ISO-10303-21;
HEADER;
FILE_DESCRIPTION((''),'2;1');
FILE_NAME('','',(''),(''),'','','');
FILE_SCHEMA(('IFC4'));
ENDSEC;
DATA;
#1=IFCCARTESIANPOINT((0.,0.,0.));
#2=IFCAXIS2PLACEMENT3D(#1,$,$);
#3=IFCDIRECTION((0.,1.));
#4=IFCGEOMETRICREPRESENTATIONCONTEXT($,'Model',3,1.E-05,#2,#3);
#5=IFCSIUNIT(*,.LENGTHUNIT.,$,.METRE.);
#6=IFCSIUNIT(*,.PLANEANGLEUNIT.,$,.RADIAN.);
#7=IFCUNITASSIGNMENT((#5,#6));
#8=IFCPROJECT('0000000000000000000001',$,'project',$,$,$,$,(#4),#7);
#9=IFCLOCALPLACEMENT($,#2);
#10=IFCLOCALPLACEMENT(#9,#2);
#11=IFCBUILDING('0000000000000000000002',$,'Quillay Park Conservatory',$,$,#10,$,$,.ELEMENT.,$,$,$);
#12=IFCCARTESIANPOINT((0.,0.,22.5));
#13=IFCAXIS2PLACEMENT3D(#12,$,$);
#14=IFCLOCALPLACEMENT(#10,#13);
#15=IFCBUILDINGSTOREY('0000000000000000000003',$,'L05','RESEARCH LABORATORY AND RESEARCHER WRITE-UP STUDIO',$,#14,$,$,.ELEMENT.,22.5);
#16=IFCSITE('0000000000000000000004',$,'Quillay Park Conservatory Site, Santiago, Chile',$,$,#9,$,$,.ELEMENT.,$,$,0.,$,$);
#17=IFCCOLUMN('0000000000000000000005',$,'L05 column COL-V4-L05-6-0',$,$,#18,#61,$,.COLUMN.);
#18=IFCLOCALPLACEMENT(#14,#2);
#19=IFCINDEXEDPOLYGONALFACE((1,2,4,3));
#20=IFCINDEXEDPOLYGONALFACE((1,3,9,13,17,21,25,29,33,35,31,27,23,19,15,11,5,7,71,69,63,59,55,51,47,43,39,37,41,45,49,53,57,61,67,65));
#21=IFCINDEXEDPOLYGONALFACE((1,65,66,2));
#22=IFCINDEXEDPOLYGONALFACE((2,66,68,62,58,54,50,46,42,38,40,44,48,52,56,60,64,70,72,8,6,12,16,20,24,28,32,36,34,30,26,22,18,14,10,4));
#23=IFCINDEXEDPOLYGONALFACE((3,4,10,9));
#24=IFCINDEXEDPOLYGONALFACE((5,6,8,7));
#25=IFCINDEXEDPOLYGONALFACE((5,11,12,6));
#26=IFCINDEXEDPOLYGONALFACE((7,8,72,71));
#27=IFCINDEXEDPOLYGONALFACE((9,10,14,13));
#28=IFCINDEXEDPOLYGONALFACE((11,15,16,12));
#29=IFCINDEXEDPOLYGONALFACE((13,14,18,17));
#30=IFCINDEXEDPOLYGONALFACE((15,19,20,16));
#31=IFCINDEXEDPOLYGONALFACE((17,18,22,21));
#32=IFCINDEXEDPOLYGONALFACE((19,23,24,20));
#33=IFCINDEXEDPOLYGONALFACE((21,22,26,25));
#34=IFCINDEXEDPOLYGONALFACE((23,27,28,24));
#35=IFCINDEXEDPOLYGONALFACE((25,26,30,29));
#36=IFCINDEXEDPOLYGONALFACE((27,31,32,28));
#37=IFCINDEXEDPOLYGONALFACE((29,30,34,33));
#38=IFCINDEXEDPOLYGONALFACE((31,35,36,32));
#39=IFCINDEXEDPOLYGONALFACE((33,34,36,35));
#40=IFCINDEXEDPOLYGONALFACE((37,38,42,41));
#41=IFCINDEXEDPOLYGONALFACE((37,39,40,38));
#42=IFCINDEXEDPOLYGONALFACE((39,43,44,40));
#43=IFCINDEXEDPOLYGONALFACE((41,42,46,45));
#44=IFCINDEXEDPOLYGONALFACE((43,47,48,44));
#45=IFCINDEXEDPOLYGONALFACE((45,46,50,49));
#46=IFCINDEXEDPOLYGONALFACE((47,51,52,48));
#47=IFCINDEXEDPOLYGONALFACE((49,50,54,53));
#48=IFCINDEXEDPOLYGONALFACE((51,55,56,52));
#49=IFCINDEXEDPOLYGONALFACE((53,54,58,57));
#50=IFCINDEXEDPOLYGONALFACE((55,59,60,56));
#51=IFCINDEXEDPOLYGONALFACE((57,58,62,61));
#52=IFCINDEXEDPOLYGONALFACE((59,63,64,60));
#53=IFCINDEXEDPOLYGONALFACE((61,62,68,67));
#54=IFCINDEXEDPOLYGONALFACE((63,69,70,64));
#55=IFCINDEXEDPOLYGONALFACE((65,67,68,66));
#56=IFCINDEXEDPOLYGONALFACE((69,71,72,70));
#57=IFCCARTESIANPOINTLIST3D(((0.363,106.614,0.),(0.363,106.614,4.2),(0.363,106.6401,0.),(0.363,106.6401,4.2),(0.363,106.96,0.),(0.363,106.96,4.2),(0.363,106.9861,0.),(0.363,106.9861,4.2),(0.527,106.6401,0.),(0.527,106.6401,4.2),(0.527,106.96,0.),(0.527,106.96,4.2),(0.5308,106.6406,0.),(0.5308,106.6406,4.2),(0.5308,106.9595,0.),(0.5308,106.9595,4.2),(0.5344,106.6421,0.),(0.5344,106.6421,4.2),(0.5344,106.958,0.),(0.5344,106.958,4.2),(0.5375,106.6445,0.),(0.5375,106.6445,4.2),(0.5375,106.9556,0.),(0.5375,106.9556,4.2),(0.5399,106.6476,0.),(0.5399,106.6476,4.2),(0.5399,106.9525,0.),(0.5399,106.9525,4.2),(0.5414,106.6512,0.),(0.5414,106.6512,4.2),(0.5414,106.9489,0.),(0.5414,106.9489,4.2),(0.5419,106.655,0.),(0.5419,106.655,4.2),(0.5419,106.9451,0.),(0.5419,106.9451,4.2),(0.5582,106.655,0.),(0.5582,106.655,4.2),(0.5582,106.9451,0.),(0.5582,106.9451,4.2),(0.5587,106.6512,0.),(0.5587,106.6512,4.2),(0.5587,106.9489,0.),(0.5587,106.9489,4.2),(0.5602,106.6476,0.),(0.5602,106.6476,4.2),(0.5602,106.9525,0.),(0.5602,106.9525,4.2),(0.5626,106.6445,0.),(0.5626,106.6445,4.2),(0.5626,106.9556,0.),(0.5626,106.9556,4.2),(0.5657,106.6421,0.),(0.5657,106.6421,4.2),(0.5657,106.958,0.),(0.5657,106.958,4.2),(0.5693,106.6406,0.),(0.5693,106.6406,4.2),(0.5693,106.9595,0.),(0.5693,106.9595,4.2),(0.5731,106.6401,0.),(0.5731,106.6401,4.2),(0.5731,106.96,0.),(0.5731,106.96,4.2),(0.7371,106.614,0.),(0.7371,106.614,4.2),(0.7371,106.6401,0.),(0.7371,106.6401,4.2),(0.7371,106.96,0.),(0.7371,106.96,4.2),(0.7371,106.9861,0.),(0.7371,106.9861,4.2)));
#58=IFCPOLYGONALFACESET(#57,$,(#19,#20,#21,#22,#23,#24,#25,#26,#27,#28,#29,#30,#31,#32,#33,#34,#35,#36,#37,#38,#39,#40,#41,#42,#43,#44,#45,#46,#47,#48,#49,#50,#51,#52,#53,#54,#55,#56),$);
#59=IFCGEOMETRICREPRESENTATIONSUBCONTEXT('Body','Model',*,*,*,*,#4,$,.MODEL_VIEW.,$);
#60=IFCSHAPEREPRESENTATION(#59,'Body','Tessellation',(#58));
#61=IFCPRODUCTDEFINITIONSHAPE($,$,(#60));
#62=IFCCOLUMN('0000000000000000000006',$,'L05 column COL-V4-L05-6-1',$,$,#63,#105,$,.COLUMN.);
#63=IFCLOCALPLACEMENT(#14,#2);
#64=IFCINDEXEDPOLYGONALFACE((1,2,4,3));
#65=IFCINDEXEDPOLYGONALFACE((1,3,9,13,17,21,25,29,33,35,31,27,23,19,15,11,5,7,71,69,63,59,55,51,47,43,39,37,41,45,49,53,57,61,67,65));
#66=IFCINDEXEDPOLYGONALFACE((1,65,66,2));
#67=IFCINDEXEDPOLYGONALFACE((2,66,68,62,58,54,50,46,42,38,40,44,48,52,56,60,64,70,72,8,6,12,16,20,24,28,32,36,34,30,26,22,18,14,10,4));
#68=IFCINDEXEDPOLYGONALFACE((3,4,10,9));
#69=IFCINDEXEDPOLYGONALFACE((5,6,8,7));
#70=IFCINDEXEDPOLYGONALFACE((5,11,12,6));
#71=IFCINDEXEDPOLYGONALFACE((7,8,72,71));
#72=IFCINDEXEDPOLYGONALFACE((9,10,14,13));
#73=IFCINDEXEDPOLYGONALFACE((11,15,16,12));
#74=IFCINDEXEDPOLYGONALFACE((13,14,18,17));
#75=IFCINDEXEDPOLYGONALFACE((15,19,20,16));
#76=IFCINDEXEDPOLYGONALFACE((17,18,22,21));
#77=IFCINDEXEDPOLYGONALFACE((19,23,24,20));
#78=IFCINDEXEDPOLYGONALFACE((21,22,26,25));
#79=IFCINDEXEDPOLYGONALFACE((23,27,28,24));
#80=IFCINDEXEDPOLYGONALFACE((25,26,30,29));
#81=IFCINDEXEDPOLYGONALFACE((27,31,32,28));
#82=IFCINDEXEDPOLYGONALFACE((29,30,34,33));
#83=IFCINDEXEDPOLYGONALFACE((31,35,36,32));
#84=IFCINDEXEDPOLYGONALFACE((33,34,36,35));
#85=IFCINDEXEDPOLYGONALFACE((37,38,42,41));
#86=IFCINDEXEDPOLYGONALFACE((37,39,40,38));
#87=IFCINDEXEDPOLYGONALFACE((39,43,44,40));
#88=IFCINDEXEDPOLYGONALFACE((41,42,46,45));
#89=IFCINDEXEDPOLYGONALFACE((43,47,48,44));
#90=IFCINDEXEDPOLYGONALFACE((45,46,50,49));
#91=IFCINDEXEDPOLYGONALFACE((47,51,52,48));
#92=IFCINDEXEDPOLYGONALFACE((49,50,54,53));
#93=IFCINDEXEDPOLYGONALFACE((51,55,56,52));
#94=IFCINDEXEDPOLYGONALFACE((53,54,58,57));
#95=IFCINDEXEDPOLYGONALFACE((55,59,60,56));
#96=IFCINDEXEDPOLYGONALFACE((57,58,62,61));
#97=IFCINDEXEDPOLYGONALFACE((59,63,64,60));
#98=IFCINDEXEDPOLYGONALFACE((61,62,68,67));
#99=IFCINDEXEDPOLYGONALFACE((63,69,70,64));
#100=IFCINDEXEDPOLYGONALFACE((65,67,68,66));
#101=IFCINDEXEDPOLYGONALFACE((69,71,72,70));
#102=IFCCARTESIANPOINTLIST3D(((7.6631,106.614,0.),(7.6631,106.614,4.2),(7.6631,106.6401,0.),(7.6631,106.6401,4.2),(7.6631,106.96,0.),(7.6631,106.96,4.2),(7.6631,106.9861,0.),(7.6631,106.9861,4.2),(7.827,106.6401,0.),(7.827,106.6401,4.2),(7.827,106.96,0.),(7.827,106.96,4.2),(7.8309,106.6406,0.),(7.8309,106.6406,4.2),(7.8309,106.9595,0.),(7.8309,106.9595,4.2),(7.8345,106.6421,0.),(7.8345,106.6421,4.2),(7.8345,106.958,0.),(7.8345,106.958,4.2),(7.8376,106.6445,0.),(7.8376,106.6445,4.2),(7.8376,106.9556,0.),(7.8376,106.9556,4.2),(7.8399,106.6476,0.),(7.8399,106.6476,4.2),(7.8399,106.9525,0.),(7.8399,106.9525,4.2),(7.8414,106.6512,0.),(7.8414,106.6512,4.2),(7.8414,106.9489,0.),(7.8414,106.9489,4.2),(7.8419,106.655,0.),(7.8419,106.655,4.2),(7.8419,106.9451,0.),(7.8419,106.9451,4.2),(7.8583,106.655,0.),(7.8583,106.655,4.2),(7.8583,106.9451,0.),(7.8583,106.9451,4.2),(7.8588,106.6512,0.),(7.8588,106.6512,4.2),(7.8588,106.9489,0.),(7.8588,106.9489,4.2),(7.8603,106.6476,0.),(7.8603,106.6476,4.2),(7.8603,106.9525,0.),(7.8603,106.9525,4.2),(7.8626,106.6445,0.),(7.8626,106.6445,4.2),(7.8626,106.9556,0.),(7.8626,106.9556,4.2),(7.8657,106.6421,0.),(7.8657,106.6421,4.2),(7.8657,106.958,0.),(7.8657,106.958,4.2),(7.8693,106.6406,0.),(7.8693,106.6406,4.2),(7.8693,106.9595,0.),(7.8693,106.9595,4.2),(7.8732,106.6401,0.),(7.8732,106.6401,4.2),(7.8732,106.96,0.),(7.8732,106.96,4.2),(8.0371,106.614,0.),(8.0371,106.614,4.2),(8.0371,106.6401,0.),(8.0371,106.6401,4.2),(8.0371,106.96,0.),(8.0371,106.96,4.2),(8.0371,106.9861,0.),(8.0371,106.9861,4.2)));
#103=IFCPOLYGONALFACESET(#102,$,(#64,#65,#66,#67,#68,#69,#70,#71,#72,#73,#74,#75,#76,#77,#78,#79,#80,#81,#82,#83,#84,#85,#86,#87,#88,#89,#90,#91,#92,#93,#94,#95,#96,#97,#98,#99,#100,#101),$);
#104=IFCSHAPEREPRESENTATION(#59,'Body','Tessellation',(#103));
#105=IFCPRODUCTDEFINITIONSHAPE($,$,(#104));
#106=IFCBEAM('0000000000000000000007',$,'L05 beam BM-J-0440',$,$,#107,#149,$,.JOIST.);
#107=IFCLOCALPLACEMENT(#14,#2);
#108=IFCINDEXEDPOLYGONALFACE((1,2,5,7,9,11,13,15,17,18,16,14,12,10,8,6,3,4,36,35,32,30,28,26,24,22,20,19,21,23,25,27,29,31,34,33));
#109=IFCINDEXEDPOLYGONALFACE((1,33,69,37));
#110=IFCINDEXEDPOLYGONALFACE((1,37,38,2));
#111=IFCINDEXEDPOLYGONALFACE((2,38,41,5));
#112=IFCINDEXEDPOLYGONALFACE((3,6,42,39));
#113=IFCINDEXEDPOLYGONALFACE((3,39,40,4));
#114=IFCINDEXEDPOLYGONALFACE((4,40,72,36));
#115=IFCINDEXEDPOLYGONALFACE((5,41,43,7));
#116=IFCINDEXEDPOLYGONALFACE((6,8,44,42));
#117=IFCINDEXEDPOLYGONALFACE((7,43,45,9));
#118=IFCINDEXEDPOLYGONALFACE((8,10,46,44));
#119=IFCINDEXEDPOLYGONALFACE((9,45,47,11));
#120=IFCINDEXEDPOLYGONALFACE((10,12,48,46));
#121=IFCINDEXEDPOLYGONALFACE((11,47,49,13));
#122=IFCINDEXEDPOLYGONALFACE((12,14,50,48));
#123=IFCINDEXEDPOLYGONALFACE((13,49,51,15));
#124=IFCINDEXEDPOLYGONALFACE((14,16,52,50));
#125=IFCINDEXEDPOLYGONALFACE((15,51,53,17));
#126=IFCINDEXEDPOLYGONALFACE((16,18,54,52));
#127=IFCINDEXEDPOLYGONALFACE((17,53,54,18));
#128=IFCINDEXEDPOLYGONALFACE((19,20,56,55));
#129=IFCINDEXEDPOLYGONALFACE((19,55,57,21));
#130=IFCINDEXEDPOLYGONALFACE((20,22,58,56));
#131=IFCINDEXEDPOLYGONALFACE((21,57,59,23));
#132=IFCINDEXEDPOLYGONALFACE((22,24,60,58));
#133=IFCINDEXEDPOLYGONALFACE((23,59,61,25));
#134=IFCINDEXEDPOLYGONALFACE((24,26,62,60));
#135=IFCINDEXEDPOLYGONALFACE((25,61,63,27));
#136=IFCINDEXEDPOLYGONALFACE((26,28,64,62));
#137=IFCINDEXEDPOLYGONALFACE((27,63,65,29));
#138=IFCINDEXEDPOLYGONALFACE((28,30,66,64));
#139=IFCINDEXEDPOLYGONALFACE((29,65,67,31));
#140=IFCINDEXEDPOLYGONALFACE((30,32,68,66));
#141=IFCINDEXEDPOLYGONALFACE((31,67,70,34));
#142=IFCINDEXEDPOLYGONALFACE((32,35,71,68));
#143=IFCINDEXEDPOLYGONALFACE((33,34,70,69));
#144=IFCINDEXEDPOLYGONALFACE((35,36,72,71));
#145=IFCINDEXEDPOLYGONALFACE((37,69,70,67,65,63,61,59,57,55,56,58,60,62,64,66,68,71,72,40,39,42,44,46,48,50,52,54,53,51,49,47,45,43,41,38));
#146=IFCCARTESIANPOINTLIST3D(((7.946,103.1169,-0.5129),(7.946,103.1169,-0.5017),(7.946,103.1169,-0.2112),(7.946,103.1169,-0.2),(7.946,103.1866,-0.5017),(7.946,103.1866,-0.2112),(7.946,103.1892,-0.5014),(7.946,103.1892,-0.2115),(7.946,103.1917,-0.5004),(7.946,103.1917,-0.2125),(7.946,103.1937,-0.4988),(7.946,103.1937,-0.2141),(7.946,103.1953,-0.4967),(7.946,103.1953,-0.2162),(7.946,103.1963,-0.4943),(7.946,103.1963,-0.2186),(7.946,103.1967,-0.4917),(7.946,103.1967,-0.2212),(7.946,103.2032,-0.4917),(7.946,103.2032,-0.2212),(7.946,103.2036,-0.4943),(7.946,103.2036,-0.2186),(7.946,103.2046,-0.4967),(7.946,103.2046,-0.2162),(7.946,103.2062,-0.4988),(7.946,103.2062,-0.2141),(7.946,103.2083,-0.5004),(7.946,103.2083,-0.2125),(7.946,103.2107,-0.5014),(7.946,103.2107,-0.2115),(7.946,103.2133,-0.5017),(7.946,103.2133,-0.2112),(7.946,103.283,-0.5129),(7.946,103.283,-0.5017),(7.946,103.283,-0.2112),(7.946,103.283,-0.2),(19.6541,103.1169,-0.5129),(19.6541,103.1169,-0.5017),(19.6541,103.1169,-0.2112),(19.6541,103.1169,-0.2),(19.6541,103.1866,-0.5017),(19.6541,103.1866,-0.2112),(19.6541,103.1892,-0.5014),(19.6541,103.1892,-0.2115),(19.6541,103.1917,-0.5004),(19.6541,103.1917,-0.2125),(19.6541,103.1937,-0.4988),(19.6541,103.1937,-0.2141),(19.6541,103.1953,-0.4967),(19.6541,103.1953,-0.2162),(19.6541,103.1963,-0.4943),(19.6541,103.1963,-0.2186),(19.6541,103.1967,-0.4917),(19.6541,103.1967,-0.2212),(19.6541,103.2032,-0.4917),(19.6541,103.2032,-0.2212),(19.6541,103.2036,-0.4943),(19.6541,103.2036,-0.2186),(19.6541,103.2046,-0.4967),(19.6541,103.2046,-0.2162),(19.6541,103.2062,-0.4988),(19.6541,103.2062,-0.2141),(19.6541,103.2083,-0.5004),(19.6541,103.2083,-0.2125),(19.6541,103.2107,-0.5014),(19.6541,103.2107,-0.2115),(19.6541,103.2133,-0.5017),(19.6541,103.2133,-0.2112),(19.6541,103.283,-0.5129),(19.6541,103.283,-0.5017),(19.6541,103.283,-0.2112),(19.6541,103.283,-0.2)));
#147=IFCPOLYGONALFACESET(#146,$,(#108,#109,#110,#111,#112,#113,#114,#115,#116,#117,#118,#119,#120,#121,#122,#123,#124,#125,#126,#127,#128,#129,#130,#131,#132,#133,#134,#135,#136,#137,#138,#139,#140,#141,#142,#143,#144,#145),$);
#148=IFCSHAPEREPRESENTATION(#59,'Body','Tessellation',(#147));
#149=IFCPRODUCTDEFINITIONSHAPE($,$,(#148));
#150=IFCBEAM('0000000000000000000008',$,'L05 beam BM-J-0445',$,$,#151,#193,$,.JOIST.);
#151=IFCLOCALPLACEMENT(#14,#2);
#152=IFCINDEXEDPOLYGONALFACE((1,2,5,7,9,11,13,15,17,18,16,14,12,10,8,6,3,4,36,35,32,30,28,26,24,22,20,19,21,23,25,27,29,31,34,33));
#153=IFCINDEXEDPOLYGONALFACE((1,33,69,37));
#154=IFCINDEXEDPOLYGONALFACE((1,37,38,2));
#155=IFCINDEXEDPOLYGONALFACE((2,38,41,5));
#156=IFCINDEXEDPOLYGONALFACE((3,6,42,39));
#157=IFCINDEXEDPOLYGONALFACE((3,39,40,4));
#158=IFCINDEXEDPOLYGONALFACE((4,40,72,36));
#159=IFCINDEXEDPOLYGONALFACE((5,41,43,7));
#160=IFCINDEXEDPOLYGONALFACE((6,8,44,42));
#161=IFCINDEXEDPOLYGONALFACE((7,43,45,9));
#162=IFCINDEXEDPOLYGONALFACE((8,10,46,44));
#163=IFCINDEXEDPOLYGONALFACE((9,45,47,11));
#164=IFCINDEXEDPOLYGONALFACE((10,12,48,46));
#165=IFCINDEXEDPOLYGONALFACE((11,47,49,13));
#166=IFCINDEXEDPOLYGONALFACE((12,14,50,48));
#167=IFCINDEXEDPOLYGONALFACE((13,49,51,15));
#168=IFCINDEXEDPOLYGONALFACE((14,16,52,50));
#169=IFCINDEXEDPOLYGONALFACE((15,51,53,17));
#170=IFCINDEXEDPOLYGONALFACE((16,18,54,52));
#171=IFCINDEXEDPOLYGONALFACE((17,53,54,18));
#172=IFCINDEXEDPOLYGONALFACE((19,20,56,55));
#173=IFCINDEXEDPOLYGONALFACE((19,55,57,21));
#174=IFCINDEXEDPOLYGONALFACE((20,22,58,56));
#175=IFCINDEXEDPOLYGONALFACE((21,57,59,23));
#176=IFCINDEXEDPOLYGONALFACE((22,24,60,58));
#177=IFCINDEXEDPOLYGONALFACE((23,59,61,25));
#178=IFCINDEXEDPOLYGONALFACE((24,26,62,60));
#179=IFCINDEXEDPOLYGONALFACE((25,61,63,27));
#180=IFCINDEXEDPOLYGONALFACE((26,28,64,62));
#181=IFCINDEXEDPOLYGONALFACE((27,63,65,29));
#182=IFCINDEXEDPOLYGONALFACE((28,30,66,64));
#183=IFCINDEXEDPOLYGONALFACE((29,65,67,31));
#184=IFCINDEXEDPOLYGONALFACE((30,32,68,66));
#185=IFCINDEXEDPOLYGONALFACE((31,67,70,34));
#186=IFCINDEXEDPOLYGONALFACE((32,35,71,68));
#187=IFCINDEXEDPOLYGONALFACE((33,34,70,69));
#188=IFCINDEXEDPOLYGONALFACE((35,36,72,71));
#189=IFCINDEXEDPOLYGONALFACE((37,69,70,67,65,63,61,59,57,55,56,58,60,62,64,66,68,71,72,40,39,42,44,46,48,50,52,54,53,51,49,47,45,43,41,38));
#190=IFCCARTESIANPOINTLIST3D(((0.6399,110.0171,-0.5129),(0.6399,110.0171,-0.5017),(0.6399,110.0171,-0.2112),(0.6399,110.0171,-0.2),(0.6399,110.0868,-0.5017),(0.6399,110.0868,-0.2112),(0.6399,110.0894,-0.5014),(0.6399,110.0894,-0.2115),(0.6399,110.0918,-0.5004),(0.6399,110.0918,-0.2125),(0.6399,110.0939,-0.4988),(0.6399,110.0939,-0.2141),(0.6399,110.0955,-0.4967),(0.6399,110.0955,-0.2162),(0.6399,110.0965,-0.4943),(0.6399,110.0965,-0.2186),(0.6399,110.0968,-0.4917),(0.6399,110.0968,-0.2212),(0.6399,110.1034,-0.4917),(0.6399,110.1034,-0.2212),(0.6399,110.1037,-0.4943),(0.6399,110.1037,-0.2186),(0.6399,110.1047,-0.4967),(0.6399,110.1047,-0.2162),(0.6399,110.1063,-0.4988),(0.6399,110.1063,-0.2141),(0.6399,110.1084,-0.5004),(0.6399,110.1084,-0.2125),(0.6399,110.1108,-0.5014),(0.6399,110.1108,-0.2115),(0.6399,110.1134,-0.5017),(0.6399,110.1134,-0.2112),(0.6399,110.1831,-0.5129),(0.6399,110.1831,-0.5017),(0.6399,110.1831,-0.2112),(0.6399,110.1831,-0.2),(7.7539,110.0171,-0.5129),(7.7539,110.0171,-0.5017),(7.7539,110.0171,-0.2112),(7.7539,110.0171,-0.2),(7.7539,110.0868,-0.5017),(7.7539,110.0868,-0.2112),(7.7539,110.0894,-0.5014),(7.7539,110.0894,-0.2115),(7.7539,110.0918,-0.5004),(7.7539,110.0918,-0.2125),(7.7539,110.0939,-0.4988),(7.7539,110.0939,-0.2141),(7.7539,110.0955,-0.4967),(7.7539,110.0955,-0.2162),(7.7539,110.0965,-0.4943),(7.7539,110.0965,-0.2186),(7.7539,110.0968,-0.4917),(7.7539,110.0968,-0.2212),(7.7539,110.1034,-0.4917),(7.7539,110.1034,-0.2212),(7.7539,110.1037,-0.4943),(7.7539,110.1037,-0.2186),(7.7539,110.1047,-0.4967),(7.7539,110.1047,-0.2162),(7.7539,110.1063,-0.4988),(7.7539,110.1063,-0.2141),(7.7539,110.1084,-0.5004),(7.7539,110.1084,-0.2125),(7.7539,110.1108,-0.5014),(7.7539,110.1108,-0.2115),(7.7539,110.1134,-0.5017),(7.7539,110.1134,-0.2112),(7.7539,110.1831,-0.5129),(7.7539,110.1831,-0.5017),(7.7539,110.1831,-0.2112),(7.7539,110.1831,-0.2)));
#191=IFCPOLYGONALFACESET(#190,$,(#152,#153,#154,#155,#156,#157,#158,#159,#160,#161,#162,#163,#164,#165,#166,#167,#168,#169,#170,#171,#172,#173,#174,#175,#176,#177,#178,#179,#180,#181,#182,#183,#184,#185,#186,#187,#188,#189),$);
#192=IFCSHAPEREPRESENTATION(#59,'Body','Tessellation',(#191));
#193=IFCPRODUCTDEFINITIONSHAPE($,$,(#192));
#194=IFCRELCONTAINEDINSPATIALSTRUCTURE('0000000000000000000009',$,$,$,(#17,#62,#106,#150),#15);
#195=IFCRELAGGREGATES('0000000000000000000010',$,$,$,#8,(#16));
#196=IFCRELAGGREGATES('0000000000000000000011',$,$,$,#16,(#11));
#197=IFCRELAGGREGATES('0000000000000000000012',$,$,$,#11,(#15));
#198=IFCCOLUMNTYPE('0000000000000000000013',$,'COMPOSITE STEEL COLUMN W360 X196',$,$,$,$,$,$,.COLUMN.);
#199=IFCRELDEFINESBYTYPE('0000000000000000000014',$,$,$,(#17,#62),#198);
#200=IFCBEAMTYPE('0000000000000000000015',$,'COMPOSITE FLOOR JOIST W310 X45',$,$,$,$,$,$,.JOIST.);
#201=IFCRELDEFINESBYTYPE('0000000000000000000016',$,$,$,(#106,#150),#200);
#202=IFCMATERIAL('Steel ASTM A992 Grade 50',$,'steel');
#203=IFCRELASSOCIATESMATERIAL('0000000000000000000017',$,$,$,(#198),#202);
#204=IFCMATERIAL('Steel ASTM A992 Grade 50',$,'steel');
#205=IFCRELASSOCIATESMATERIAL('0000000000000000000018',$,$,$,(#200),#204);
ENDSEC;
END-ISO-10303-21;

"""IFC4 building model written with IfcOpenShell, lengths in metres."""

from ifc_helpers import new_model, si_unit, direction, frame, origin, origin_2d, place, context, subcontext, project, spatial, i_section, extrude, material, material_profile, profile_set, type_object, element, save


model = new_model("IFC4")

# Units and contexts
model_context = context("Model", 3, precision=1e-05, world=origin(), true_north=direction((0.0, 1.0)))
body_context = subcontext(model_context, "Body", "Model", "MODEL_VIEW")
ifc_project = project(units=[si_unit("LENGTHUNIT", "METRE"), si_unit("PLANEANGLEUNIT", "RADIAN")], contexts=[model_context])

# Site, building, storey
site_placement = place(None, origin())
site = spatial("IfcSite", under=ifc_project, at=site_placement, Name="Quillay Park Conservatory Site, Santiago, Chile", CompositionType="ELEMENT", RefElevation=0.0)
building_placement = place(site_placement, origin())
building = spatial("IfcBuilding", under=site, at=building_placement, Name="Quillay Park Conservatory", CompositionType="ELEMENT")
storey_placement = place(building_placement, frame((0.0, 0.0, 22.5)))
storey = spatial("IfcBuildingStorey", under=building, at=storey_placement, Name="L05", Description="RESEARCH LABORATORY AND RESEARCHER WRITE-UP STUDIO", CompositionType="ELEMENT", Elevation=22.5)

# Columns
ifc_material_1 = material(Name="Steel ASTM A992 Grade 50", Category="steel")
ifc_material_profile_1 = material_profile(ifc_material_1, i_section(OverallWidth=0.374, OverallDepth=0.3721, WebThickness=0.0164, FlangeThickness=0.0261, FilletRadius=0.0149, at=origin_2d()), Name="W360x196")
ifc_profile_set_1 = profile_set([ifc_material_profile_1], Name="Steel ASTM A992 Grade 50")
column_type = type_object("IfcColumnType", Name="COMPOSITE STEEL COLUMN W360 X196", PredefinedType="COLUMN", material=ifc_profile_set_1)
for number, where, z_axis, x_axis, name in (
    (1, (0.55, 106.8, 0.0), (0.0, 0.0, 1.0), (1.0, 0.0, 0.0), "L05 column COL-V4-L05-6-0"),
    (2, (7.8501, 106.8, 0.0), (0.0, 0.0, 1.0), (1.0, 0.0, 0.0), "L05 column COL-V4-L05-6-1"),
):
    element("IfcColumn", number, at=place(storey_placement, frame(where, z_axis=z_axis, x_axis=x_axis)), inside=storey, type_object=column_type, Name=name, PredefinedType="COLUMN", context=body_context, shape_type="SweptSolid", body=[
        extrude(i_section(OverallWidth=0.374, OverallDepth=0.3721, WebThickness=0.0164, FlangeThickness=0.0261, FilletRadius=0.0149, at=origin_2d()), origin(), (0.0, 0.0, 1.0), 4.2),
    ])

# Beams
ifc_material_2 = material(Name="Steel ASTM A992 Grade 50", Category="steel")
ifc_material_profile_2 = material_profile(ifc_material_2, i_section(OverallWidth=0.166, OverallDepth=0.313, WebThickness=0.0066, FlangeThickness=0.0112, FilletRadius=0.01, at=origin_2d()), Name="W310x45")
ifc_profile_set_2 = profile_set([ifc_material_profile_2], Name="Steel ASTM A992 Grade 50")
beam_type_1 = type_object("IfcBeamType", Name="COMPOSITE FLOOR JOIST W310 X45", PredefinedType="JOIST", material=ifc_profile_set_2)
beam_1_placement = place(storey_placement, frame((7.946, 103.2, -0.3564), z_axis=(1.0, 0.0, 0.0), x_axis=(0.0, 1.0, 0.0)))
element("IfcBeam", 3, at=beam_1_placement, inside=storey, type_object=beam_type_1, Name="L05 beam BM-J-0440", PredefinedType="JOIST", context=body_context, shape_type="SweptSolid", body=[
    extrude(i_section(OverallWidth=0.166, OverallDepth=0.313, WebThickness=0.0066, FlangeThickness=0.0112, FilletRadius=0.01, at=origin_2d()), origin(), (0.0, 0.0, 1.0), 11.708),
])
beam_2_placement = place(storey_placement, frame((0.6399, 110.1001, -0.3564), z_axis=(1.0, 0.0, 0.0), x_axis=(0.0, 1.0, 0.0)))
element("IfcBeam", 4, at=beam_2_placement, inside=storey, type_object=beam_type_1, Name="L05 beam BM-J-0445", PredefinedType="JOIST", context=body_context, shape_type="SweptSolid", body=[
    extrude(i_section(OverallWidth=0.166, OverallDepth=0.313, WebThickness=0.0066, FlangeThickness=0.0112, FilletRadius=0.01, at=origin_2d()), origin(), (0.0, 0.0, 1.0), 7.114),
])

save(model, "model.ifc")
